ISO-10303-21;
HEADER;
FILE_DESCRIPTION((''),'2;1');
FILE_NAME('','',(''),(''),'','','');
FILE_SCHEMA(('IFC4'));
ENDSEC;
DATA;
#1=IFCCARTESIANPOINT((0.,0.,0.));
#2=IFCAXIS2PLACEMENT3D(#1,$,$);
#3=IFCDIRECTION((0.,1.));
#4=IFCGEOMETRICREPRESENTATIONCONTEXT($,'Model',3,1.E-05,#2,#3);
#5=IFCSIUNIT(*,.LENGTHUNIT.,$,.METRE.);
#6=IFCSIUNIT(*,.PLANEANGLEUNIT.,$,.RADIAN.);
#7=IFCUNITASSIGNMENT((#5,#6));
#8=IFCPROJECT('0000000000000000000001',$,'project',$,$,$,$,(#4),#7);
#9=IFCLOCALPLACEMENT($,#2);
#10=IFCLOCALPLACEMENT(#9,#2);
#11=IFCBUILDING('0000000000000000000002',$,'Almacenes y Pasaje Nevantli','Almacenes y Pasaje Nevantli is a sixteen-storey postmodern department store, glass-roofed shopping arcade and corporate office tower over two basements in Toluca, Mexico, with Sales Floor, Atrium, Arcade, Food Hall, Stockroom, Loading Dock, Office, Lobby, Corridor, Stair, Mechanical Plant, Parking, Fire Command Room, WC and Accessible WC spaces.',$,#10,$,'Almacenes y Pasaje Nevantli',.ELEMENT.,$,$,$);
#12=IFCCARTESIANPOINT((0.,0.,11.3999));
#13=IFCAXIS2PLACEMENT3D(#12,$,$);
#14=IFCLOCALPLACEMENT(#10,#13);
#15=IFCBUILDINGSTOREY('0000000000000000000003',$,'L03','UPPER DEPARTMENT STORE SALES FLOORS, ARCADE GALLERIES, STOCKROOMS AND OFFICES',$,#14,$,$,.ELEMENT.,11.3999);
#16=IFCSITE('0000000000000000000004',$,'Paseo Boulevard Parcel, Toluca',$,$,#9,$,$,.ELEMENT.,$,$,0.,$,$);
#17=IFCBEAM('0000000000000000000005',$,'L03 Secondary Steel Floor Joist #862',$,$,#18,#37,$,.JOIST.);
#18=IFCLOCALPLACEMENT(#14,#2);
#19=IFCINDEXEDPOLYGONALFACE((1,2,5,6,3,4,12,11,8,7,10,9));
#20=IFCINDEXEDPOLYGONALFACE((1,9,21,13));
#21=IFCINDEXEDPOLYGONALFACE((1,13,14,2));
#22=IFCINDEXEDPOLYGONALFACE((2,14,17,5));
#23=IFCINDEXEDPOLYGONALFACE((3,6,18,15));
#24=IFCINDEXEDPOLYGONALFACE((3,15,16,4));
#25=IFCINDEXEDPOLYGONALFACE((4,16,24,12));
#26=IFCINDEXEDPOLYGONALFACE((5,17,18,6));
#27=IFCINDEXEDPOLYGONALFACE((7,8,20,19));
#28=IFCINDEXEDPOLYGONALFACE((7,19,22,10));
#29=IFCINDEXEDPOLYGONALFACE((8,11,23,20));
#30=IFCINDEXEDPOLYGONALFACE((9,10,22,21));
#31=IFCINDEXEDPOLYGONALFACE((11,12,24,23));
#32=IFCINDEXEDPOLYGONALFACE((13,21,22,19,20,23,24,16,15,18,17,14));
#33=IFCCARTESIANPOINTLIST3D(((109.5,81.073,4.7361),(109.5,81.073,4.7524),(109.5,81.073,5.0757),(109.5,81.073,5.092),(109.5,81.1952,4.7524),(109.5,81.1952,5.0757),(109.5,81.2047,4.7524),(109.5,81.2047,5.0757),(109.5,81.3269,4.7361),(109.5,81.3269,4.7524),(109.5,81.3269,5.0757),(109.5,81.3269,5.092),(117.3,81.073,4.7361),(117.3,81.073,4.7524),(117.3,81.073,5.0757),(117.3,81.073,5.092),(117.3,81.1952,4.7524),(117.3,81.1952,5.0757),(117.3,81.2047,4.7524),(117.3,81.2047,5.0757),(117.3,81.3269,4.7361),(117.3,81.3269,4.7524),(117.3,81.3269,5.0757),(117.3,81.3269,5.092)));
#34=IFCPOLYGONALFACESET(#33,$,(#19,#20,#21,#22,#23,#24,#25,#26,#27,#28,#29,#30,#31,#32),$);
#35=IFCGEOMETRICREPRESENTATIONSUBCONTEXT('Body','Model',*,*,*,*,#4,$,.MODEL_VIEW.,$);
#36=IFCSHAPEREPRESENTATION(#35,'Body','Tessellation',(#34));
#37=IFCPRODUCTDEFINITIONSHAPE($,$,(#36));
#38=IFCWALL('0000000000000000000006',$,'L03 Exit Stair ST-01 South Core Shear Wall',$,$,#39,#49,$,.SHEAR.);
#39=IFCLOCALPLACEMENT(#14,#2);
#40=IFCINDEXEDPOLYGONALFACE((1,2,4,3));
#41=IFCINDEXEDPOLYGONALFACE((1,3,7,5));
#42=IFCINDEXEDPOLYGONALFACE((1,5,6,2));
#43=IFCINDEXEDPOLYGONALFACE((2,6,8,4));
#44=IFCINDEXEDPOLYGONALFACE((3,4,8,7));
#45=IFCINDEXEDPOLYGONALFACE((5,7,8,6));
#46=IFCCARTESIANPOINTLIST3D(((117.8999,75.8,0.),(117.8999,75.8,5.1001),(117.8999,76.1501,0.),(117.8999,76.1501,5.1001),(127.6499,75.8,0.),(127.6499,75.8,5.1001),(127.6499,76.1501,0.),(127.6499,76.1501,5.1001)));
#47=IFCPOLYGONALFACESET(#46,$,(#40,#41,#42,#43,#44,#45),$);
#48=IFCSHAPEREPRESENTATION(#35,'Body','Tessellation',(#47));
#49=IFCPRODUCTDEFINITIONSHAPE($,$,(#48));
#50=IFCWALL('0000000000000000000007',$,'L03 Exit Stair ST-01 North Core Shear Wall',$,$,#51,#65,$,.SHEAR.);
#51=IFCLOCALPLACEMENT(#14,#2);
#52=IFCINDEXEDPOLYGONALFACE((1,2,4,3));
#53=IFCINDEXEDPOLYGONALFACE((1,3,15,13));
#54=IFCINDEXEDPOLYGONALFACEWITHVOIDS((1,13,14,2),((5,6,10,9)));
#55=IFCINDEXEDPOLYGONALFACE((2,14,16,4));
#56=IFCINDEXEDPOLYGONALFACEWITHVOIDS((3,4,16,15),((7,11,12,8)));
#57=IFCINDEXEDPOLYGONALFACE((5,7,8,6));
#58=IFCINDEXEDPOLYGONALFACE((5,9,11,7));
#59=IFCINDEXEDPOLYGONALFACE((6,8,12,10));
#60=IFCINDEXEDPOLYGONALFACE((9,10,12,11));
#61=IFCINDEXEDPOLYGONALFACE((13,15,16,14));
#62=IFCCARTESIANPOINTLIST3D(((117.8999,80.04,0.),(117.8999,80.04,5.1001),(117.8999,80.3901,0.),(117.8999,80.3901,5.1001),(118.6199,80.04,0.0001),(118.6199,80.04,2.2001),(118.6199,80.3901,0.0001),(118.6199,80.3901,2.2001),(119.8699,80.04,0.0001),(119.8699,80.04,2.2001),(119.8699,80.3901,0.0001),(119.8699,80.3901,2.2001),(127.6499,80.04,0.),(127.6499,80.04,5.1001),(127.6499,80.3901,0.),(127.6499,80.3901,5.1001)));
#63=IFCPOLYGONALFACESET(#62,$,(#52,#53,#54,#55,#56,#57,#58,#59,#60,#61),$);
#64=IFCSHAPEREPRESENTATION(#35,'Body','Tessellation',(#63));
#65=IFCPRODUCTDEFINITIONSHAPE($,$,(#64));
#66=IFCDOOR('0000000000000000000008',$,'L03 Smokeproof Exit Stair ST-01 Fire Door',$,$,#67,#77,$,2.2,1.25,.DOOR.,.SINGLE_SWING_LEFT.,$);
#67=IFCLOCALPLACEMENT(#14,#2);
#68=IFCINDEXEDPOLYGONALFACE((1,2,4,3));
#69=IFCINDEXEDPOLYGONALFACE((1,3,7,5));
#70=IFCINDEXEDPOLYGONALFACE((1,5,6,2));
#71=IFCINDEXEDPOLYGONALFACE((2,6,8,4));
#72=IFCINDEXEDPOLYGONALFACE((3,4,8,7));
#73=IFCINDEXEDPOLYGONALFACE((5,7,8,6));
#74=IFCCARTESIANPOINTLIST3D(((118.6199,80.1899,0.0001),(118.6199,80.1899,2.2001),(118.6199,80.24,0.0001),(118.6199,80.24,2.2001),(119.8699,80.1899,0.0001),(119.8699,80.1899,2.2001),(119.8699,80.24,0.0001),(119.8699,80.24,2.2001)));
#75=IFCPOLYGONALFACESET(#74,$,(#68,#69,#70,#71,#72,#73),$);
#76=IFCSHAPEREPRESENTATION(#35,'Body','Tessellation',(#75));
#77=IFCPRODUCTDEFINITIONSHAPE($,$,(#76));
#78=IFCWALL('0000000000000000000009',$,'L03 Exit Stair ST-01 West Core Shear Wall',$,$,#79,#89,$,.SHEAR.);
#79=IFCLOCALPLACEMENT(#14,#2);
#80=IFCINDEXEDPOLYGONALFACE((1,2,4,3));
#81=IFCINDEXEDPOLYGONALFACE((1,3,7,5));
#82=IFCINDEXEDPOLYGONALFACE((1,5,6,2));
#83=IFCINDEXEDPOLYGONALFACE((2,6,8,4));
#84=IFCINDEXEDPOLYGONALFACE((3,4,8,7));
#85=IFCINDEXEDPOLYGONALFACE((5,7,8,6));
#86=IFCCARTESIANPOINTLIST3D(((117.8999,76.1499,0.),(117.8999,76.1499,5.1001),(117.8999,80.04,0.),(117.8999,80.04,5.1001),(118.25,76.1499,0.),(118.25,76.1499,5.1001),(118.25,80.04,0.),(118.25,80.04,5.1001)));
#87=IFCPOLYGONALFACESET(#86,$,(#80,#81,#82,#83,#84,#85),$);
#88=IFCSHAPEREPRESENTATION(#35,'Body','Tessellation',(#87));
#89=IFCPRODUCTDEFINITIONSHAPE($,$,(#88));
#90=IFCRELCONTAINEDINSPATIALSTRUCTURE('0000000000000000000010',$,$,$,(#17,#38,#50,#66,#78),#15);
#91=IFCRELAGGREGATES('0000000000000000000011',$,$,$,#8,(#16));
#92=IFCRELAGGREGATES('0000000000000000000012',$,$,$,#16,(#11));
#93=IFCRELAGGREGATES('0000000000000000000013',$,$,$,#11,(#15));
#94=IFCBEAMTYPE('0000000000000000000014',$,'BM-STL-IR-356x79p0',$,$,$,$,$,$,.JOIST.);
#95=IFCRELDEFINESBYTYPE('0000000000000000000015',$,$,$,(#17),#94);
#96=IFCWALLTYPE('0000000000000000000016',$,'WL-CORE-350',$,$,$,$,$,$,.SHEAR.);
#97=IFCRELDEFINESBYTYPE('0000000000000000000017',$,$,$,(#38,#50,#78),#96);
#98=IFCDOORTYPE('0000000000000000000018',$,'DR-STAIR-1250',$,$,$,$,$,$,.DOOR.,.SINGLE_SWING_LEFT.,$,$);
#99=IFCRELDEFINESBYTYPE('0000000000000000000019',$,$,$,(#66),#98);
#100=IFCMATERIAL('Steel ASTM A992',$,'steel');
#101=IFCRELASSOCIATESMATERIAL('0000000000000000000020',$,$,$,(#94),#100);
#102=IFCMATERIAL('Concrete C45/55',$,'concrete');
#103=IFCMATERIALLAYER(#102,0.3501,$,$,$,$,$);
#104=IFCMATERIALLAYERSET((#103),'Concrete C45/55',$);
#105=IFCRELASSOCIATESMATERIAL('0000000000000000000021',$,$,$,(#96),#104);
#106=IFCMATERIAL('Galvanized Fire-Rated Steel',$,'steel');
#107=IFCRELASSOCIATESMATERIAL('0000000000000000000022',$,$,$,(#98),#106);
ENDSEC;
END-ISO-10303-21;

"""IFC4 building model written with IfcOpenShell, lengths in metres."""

from ifc_helpers import new_model, si_unit, direction, frame, frame_2d, origin, origin_2d, place, context, subcontext, project, spatial, rectangle, i_section, extrude, material, layer, layer_set, material_profile, profile_set, type_object, element, fill, save


model = new_model("IFC4")

# Units and contexts
model_context = context("Model", 3, precision=1e-05, world=origin(), true_north=direction((0.0, 1.0)))
body_context = subcontext(model_context, "Body", "Model", "MODEL_VIEW")
ifc_project = project(units=[si_unit("LENGTHUNIT", "METRE"), si_unit("PLANEANGLEUNIT", "RADIAN")], contexts=[model_context])

# Site, building, storey
site_placement = place(None, origin())
site = spatial("IfcSite", under=ifc_project, at=site_placement, Name="Paseo Boulevard Parcel, Toluca", CompositionType="ELEMENT", RefElevation=0.0)
building_placement = place(site_placement, origin())
building = spatial("IfcBuilding", under=site, at=building_placement, Name="Almacenes y Pasaje Nevantli", Description="Almacenes y Pasaje Nevantli is a sixteen-storey postmodern department store, glass-roofed shopping arcade and corporate office tower over two basements in Toluca, Mexico, with Sales Floor, Atrium, Arcade, Food Hall, Stockroom, Loading Dock, Office, Lobby, Corridor, Stair, Mechanical Plant, Parking, Fire Command Room, WC and Accessible WC spaces.", LongName="Almacenes y Pasaje Nevantli", CompositionType="ELEMENT")
storey_placement = place(building_placement, frame((0.0, 0.0, 11.3999)))
storey = spatial("IfcBuildingStorey", under=building, at=storey_placement, Name="L03", Description="UPPER DEPARTMENT STORE SALES FLOORS, ARCADE GALLERIES, STOCKROOMS AND OFFICES", CompositionType="ELEMENT", Elevation=11.3999)

# Beam
ifc_material_1 = material(Name="Steel ASTM A992", Category="steel")
ifc_material_profile_1 = material_profile(ifc_material_1, i_section(OverallWidth=0.2539, OverallDepth=0.356, WebThickness=0.0095, FlangeThickness=0.0164, at=origin_2d()), Name="IR 356x79.0")
ifc_profile_set_1 = profile_set([ifc_material_profile_1], Name="Steel ASTM A992")
beam_type_1 = type_object("IfcBeamType", Name="BM-STL-IR-356x79p0", PredefinedType="JOIST", material=ifc_profile_set_1)
for number, where, z_axis, x_axis, name in (
    (1, (109.5, 81.2, 4.9141), (1.0, 0.0, 0.0), (0.0, 1.0, 0.0), "L03 Secondary Steel Floor Joist #862"),
):
    element("IfcBeam", number, at=place(storey_placement, frame(where, z_axis=z_axis, x_axis=x_axis)), inside=storey, type_object=beam_type_1, Name=name, PredefinedType="JOIST", context=body_context, shape_type="SweptSolid", body=[
        extrude(i_section(OverallWidth=0.2539, OverallDepth=0.356, WebThickness=0.0095, FlangeThickness=0.0164, at=origin_2d()), origin(), (0.0, 0.0, 1.0), 7.8),
    ])

# Wall
ifc_material_2 = material(Name="Concrete C45/55", Category="concrete")
ifc_layer_1 = layer(ifc_material_2, 0.3501)
ifc_layer_set_1 = layer_set([ifc_layer_1], Name="Concrete C45/55")
wall_type_1 = type_object("IfcWallType", Name="WL-CORE-350", PredefinedType="SHEAR", material=ifc_layer_set_1)
wall_1_placement = place(storey_placement, frame((117.8999, 75.9751, 0.0), z_axis=(0.0, 0.0, 1.0), x_axis=(1.0, 0.0, 0.0)))
element("IfcWall", 2, at=wall_1_placement, inside=storey, type_object=wall_type_1, Name="L03 Exit Stair ST-01 South Core Shear Wall", PredefinedType="SHEAR", context=body_context, shape_type="SweptSolid", body=[
    extrude(rectangle(XDim=9.75, YDim=0.3501, at=frame_2d((4.875, 0.0))), origin(), (0.0, 0.0, 1.0), 5.1001),
])

# Wall, opening, door
wall_2_placement = place(storey_placement, frame((117.8999, 80.2151, 0.0), z_axis=(0.0, 0.0, 1.0), x_axis=(1.0, 0.0, 0.0)))
wall_2 = element("IfcWall", 3, at=wall_2_placement, inside=storey, type_object=wall_type_1, Name="L03 Exit Stair ST-01 North Core Shear Wall", PredefinedType="SHEAR", context=body_context, shape_type="SweptSolid", body=[
    extrude(rectangle(XDim=9.75, YDim=0.3501, at=frame_2d((4.875, 0.0))), origin(), (0.0, 0.0, 1.0), 5.1001),
])
opening_1_placement = place(wall_2_placement, frame((0.72, 0.0, 0.0)))
opening_1 = element("IfcOpeningElement", 4, at=opening_1_placement, cuts=wall_2, PredefinedType="OPENING", context=body_context, shape_type="SweptSolid", body=[
    extrude(rectangle(XDim=1.25, YDim=2.2, at=frame_2d((0.625, 1.1001))), frame((0.0, 0.1851, 0.0), z_axis=(0.0, -1.0, 0.0), x_axis=(1.0, 0.0, 0.0)), (0.0, 0.0, 1.0), 0.3701),
])
ifc_material_3 = material(Name="Galvanized Fire-Rated Steel", Category="steel")
door_type_1 = type_object("IfcDoorType", Name="DR-STAIR-1250", OperationType="SINGLE_SWING_LEFT", PredefinedType="DOOR", material=ifc_material_3)
door_1_placement = place(opening_1_placement, origin())
door_1 = element("IfcDoor", 5, at=door_1_placement, inside=storey, type_object=door_type_1, Name="L03 Smokeproof Exit Stair ST-01 Fire Door", OperationType="SINGLE_SWING_LEFT", OverallHeight=2.2, OverallWidth=1.25, PredefinedType="DOOR", context=body_context, shape_type="SweptSolid", body=[
    extrude(rectangle(XDim=1.25, YDim=2.2, at=frame_2d((0.625, 1.1001))), frame((0.0, 0.0249, 0.0), z_axis=(0.0, -1.0, 0.0), x_axis=(1.0, 0.0, 0.0)), (0.0, 0.0, 1.0), 0.05),
])
fill(opening_1, door_1)

# Wall
wall_3_placement = place(storey_placement, frame((118.075, 76.1499, 0.0), z_axis=(0.0, 0.0, 1.0), x_axis=(0.0, 1.0, 0.0)))
element("IfcWall", 6, at=wall_3_placement, inside=storey, type_object=wall_type_1, Name="L03 Exit Stair ST-01 West Core Shear Wall", PredefinedType="SHEAR", context=body_context, shape_type="SweptSolid", body=[
    extrude(rectangle(XDim=3.8901, YDim=0.3501, at=frame_2d((1.9451, 0.0))), origin(), (0.0, 0.0, 1.0), 5.1001),
])

save(model, "model.ifc")
